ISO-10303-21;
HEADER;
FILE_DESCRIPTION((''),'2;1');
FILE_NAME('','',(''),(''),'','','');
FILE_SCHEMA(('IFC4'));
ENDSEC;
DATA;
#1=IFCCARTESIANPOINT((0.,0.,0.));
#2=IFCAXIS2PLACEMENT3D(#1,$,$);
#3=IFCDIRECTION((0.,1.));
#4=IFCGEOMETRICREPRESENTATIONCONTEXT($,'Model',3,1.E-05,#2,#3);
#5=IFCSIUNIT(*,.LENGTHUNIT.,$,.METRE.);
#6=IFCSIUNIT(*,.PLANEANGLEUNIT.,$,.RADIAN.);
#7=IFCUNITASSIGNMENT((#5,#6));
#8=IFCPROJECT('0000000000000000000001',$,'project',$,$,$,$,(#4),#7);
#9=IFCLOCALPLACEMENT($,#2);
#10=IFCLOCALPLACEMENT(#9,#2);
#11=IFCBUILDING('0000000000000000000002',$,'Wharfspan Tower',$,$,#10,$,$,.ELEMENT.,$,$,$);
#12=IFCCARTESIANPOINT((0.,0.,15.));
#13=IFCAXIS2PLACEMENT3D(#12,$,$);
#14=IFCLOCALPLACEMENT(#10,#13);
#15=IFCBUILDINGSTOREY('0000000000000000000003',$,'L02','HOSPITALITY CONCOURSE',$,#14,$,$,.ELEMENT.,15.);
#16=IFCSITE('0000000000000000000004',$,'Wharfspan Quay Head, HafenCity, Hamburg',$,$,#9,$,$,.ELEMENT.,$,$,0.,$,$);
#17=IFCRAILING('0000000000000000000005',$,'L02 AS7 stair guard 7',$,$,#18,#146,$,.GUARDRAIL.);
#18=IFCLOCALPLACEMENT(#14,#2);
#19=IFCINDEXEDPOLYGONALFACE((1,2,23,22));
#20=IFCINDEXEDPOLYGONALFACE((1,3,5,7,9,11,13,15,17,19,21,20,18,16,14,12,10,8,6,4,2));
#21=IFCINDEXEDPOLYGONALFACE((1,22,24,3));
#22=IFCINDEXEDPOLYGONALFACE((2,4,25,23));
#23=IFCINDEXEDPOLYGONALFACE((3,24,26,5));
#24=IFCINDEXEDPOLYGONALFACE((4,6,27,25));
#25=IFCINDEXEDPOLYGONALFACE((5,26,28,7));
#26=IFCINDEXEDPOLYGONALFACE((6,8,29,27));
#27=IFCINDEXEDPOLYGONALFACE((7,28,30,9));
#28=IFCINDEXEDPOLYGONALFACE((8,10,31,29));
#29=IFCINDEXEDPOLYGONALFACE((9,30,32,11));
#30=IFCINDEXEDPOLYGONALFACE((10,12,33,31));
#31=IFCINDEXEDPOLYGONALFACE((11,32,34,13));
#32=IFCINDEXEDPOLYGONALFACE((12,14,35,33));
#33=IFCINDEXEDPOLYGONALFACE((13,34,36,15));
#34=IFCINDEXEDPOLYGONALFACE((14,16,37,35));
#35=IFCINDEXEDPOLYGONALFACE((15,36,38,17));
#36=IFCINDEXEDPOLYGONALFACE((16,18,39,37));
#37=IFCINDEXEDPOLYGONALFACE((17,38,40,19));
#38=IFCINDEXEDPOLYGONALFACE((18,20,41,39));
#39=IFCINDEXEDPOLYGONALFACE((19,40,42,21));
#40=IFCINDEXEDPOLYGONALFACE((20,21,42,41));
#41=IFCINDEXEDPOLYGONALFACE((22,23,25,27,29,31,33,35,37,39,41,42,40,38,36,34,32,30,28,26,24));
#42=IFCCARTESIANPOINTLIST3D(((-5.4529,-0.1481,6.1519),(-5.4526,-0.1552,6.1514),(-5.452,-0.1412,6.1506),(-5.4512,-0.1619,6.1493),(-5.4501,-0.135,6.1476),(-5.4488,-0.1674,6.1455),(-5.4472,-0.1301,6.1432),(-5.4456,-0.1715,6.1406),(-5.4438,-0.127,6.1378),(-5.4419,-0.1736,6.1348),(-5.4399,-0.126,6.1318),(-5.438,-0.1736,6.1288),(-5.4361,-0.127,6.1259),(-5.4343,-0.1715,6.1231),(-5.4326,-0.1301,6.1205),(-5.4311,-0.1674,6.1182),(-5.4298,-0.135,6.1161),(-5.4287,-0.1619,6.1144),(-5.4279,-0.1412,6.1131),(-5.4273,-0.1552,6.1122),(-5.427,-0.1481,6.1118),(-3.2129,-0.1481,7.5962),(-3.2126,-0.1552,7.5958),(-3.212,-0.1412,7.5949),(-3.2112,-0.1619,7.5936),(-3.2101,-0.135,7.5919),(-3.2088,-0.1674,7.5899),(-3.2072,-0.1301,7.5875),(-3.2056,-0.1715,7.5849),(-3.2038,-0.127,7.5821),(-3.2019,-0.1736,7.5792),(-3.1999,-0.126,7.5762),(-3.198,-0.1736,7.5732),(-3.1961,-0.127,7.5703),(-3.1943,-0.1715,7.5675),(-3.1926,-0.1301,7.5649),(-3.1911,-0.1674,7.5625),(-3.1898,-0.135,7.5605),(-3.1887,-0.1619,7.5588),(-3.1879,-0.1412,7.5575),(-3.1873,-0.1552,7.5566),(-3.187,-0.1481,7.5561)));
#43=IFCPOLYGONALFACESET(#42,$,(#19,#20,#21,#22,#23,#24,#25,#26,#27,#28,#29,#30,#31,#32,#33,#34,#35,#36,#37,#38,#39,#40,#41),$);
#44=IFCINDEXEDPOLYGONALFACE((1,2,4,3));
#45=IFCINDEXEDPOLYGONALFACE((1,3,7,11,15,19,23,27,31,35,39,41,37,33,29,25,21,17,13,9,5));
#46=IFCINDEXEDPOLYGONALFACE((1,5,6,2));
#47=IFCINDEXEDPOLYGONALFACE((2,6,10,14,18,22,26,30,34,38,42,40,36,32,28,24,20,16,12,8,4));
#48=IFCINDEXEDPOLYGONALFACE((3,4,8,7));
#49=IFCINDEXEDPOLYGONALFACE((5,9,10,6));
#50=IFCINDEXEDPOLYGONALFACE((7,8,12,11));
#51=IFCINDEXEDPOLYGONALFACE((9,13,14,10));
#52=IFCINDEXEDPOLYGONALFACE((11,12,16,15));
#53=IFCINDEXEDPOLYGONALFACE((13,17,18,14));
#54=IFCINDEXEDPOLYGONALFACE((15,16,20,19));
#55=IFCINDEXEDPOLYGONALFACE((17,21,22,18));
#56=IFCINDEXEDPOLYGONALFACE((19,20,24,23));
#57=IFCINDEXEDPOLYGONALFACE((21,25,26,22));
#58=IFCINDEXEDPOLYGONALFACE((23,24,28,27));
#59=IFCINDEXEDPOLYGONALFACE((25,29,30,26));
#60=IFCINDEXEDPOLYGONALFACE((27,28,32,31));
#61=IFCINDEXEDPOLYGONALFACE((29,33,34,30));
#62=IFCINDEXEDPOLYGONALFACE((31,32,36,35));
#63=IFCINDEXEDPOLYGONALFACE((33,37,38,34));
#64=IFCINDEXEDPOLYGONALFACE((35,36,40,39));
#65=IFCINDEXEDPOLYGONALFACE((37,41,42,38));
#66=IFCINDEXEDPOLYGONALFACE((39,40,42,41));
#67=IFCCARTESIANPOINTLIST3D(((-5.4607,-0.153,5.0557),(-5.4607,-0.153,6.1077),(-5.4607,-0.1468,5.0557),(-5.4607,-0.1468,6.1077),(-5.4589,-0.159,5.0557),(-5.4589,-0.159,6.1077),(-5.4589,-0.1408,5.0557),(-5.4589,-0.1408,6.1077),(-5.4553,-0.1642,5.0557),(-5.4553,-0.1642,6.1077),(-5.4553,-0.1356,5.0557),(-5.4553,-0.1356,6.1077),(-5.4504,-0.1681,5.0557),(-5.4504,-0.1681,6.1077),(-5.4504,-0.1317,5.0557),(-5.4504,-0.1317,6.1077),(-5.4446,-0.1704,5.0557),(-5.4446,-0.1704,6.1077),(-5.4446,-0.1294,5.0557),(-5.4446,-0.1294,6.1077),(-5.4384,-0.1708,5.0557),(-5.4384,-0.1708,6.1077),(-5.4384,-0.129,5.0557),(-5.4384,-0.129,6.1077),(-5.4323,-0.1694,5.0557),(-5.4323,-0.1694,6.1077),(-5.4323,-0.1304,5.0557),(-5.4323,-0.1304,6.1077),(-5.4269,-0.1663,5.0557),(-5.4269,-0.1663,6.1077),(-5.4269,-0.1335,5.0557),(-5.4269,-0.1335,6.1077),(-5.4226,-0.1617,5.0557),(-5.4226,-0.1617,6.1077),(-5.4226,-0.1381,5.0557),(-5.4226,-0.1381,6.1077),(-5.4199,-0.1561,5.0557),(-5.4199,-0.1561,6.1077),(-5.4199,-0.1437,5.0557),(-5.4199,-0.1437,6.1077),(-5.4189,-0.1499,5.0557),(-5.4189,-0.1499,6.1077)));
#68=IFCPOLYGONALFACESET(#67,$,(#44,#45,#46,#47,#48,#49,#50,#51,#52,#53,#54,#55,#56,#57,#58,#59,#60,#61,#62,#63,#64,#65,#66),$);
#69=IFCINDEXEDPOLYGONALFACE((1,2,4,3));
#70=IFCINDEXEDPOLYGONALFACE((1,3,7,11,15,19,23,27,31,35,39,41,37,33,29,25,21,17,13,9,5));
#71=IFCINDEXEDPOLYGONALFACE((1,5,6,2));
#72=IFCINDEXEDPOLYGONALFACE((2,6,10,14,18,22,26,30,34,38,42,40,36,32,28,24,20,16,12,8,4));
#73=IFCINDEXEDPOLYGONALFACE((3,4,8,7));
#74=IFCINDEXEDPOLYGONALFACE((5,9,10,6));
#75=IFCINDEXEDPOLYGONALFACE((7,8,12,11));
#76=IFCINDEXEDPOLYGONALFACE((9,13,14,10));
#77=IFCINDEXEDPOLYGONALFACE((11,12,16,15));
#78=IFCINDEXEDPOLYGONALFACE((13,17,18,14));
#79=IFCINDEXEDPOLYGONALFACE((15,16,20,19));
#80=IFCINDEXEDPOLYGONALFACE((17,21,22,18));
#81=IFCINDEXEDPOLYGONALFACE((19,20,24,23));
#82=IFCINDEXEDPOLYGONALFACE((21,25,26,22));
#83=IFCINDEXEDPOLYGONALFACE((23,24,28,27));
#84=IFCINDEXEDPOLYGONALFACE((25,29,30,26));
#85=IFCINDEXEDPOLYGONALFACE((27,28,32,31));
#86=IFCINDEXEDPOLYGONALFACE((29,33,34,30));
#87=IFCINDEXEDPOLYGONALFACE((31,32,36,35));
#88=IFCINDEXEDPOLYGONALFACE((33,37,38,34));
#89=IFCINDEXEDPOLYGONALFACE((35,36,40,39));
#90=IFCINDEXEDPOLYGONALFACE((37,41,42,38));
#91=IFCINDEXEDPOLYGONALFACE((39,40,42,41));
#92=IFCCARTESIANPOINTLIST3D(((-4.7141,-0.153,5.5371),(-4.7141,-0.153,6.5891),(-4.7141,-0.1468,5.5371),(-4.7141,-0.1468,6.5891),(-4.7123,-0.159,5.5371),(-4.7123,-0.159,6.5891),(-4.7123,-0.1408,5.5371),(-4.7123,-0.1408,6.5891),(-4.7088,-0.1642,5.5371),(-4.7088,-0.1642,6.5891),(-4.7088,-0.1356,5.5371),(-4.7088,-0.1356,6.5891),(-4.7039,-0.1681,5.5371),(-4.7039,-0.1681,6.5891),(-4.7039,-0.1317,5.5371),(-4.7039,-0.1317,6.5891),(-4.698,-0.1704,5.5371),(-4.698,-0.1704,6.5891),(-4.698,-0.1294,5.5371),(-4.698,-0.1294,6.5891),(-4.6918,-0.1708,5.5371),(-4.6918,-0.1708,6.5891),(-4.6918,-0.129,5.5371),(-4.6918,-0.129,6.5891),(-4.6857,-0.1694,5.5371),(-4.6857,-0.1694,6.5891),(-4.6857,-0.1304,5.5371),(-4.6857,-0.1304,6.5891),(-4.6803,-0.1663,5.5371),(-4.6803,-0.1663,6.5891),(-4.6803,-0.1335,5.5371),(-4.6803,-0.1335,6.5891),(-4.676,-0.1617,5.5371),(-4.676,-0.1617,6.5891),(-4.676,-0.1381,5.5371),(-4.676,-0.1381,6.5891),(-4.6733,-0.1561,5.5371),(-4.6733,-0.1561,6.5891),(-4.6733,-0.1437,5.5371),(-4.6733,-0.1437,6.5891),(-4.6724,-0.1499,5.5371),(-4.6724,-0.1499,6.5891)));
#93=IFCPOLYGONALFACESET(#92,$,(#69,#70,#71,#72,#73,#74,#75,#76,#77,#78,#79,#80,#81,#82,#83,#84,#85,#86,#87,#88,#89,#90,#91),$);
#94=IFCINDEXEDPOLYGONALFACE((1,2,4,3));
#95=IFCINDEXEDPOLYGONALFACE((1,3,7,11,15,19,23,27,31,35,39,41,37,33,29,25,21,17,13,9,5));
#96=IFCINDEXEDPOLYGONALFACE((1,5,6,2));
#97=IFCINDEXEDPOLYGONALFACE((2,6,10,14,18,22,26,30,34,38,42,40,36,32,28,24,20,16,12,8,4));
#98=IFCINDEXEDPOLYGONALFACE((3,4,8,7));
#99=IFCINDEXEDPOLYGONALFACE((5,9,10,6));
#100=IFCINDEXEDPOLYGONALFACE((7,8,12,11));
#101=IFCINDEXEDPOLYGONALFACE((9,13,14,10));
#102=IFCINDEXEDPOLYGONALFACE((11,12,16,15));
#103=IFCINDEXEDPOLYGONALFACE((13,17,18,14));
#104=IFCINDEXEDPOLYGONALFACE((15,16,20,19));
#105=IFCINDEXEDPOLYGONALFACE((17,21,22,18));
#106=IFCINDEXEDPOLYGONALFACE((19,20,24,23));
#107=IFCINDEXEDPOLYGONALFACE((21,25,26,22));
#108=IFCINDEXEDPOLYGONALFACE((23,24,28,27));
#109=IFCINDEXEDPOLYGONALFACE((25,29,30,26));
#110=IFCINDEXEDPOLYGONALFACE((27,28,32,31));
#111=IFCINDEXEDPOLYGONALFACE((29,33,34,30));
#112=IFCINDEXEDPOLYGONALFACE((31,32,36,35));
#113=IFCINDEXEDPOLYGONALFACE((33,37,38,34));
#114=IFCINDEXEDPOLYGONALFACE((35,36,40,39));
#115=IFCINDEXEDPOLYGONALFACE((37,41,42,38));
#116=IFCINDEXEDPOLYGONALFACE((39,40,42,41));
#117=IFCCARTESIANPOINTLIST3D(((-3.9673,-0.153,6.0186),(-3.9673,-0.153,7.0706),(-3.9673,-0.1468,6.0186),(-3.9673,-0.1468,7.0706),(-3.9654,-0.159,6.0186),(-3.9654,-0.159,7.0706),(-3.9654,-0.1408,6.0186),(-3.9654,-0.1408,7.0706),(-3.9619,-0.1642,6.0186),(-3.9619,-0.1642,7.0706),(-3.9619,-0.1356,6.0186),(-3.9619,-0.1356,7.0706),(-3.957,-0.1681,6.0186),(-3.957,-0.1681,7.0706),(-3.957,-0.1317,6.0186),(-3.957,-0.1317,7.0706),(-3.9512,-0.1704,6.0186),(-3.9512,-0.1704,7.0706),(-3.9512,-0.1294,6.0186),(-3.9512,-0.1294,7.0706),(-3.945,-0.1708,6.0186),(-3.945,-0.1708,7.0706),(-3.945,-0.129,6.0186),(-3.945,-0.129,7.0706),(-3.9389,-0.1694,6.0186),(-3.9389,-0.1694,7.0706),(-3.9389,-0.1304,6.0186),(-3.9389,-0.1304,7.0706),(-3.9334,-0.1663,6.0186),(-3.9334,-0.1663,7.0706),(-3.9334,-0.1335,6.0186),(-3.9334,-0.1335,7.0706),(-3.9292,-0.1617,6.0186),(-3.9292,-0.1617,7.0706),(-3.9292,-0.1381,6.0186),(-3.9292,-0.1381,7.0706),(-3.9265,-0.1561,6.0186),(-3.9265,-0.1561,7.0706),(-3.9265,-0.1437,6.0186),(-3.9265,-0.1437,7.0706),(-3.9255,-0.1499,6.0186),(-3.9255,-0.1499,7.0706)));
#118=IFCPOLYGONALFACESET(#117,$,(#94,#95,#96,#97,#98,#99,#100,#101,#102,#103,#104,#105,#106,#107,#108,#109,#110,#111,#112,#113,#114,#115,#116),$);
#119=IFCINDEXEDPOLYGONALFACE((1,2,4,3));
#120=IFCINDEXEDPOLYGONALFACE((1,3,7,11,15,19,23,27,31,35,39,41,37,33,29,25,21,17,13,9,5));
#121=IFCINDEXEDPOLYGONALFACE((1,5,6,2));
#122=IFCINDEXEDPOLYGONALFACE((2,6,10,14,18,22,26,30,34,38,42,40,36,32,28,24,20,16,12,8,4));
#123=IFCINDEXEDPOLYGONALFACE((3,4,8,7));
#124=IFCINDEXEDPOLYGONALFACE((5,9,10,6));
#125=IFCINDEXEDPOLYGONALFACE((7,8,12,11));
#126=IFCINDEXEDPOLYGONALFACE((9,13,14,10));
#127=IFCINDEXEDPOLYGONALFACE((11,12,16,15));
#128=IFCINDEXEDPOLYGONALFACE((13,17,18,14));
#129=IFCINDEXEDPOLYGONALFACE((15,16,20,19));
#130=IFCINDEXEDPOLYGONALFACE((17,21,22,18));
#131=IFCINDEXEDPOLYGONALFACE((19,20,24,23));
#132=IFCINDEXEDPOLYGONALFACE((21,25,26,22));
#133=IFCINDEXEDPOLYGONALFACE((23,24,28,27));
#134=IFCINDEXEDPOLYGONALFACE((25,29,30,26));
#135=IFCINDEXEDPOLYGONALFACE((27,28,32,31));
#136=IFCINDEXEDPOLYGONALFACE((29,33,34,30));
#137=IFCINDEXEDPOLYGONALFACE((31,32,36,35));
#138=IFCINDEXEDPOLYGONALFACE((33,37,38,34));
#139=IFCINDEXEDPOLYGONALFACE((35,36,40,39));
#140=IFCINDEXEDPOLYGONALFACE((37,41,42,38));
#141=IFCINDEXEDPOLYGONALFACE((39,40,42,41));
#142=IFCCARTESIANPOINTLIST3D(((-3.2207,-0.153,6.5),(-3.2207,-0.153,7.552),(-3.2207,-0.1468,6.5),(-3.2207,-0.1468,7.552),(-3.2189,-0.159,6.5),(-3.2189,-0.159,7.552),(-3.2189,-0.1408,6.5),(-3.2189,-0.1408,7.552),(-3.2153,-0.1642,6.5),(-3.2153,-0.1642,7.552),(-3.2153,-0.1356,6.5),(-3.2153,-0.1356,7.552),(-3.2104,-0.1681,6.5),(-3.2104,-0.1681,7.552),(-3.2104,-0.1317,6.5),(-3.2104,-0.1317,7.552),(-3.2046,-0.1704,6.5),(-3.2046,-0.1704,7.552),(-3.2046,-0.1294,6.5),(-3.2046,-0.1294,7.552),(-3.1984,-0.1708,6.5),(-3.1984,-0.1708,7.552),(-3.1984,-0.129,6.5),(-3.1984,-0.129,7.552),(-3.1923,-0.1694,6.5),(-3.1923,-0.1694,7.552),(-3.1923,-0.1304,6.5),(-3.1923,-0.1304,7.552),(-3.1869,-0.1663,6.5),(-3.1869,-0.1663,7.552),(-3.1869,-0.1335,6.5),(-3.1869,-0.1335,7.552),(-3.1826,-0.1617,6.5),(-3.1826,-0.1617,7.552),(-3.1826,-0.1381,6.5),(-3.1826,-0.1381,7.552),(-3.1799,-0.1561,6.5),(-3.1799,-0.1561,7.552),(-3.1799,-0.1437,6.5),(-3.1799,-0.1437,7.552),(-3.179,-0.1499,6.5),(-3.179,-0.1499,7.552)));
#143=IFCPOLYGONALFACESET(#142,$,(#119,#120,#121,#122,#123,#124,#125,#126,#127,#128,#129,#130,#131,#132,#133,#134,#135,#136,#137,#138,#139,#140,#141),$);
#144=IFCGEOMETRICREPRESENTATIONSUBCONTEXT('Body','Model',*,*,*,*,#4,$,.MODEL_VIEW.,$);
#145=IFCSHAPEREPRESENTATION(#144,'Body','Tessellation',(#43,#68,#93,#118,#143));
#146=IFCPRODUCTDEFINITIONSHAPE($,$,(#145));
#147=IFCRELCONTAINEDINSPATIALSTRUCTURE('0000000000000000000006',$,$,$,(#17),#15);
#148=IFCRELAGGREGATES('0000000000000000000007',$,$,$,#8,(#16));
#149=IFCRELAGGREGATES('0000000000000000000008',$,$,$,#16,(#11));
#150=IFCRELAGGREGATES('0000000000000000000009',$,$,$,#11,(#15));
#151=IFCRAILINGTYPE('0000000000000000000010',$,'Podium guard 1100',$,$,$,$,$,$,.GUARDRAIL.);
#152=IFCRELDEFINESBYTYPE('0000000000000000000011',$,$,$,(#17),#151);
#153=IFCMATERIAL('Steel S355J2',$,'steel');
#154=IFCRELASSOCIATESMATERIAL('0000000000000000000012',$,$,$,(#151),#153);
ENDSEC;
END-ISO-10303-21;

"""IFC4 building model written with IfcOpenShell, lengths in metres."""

from ifc_helpers import new_model, si_unit, direction, frame, origin, origin_2d, place, context, subcontext, project, spatial, circle, extrude, material, type_object, element, save


model = new_model("IFC4")

# Units and contexts
model_context = context("Model", 3, precision=1e-05, world=origin(), true_north=direction((0.0, 1.0)))
body_context = subcontext(model_context, "Body", "Model", "MODEL_VIEW")
ifc_project = project(units=[si_unit("LENGTHUNIT", "METRE"), si_unit("PLANEANGLEUNIT", "RADIAN")], contexts=[model_context])

# Site, building, storey
site_placement = place(None, origin())
site = spatial("IfcSite", under=ifc_project, at=site_placement, Name="Wharfspan Quay Head, HafenCity, Hamburg", CompositionType="ELEMENT", RefElevation=0.0)
building_placement = place(site_placement, origin())
building = spatial("IfcBuilding", under=site, at=building_placement, Name="Wharfspan Tower", CompositionType="ELEMENT")
storey_placement = place(building_placement, frame((0.0, 0.0, 15.0)))
storey = spatial("IfcBuildingStorey", under=building, at=storey_placement, Name="L02", Description="HOSPITALITY CONCOURSE", CompositionType="ELEMENT", Elevation=15.0)

# Railing
ifc_material_1 = material(Name="Steel S355J2", Category="steel")
railing_type_1 = type_object("IfcRailingType", Name="Podium guard 1100", PredefinedType="GUARDRAIL", material=ifc_material_1)
railing_1_placement = place(storey_placement, frame((-5.4399, -0.1499, 5.0557)))
element("IfcRailing", 1, at=railing_1_placement, inside=storey, type_object=railing_type_1, Name="L02 AS7 stair guard 7", PredefinedType="GUARDRAIL", context=body_context, shape_type="SweptSolid", body=[
    extrude(circle(Radius=0.0239, at=origin_2d()), frame((0.0, 0.0, 1.0762), z_axis=(0.840437, 0.0, 0.54191), x_axis=(0.0, 1.0, 0.0)), (0.0, 0.0, 1.0), 2.6653),
    extrude(circle(Radius=0.021, at=origin_2d()), origin(), (0.0, 0.0, 1.0), 1.052),
    extrude(circle(Radius=0.021, at=origin_2d()), frame((0.7466, 0.0, 0.4814)), (0.0, 0.0, 1.0), 1.052),
    extrude(circle(Radius=0.021, at=origin_2d()), frame((1.4934, 0.0, 0.9629)), (0.0, 0.0, 1.0), 1.052),
    extrude(circle(Radius=0.021, at=origin_2d()), frame((2.24, 0.0, 1.4443)), (0.0, 0.0, 1.0), 1.052),
])

save(model, "model.ifc")
